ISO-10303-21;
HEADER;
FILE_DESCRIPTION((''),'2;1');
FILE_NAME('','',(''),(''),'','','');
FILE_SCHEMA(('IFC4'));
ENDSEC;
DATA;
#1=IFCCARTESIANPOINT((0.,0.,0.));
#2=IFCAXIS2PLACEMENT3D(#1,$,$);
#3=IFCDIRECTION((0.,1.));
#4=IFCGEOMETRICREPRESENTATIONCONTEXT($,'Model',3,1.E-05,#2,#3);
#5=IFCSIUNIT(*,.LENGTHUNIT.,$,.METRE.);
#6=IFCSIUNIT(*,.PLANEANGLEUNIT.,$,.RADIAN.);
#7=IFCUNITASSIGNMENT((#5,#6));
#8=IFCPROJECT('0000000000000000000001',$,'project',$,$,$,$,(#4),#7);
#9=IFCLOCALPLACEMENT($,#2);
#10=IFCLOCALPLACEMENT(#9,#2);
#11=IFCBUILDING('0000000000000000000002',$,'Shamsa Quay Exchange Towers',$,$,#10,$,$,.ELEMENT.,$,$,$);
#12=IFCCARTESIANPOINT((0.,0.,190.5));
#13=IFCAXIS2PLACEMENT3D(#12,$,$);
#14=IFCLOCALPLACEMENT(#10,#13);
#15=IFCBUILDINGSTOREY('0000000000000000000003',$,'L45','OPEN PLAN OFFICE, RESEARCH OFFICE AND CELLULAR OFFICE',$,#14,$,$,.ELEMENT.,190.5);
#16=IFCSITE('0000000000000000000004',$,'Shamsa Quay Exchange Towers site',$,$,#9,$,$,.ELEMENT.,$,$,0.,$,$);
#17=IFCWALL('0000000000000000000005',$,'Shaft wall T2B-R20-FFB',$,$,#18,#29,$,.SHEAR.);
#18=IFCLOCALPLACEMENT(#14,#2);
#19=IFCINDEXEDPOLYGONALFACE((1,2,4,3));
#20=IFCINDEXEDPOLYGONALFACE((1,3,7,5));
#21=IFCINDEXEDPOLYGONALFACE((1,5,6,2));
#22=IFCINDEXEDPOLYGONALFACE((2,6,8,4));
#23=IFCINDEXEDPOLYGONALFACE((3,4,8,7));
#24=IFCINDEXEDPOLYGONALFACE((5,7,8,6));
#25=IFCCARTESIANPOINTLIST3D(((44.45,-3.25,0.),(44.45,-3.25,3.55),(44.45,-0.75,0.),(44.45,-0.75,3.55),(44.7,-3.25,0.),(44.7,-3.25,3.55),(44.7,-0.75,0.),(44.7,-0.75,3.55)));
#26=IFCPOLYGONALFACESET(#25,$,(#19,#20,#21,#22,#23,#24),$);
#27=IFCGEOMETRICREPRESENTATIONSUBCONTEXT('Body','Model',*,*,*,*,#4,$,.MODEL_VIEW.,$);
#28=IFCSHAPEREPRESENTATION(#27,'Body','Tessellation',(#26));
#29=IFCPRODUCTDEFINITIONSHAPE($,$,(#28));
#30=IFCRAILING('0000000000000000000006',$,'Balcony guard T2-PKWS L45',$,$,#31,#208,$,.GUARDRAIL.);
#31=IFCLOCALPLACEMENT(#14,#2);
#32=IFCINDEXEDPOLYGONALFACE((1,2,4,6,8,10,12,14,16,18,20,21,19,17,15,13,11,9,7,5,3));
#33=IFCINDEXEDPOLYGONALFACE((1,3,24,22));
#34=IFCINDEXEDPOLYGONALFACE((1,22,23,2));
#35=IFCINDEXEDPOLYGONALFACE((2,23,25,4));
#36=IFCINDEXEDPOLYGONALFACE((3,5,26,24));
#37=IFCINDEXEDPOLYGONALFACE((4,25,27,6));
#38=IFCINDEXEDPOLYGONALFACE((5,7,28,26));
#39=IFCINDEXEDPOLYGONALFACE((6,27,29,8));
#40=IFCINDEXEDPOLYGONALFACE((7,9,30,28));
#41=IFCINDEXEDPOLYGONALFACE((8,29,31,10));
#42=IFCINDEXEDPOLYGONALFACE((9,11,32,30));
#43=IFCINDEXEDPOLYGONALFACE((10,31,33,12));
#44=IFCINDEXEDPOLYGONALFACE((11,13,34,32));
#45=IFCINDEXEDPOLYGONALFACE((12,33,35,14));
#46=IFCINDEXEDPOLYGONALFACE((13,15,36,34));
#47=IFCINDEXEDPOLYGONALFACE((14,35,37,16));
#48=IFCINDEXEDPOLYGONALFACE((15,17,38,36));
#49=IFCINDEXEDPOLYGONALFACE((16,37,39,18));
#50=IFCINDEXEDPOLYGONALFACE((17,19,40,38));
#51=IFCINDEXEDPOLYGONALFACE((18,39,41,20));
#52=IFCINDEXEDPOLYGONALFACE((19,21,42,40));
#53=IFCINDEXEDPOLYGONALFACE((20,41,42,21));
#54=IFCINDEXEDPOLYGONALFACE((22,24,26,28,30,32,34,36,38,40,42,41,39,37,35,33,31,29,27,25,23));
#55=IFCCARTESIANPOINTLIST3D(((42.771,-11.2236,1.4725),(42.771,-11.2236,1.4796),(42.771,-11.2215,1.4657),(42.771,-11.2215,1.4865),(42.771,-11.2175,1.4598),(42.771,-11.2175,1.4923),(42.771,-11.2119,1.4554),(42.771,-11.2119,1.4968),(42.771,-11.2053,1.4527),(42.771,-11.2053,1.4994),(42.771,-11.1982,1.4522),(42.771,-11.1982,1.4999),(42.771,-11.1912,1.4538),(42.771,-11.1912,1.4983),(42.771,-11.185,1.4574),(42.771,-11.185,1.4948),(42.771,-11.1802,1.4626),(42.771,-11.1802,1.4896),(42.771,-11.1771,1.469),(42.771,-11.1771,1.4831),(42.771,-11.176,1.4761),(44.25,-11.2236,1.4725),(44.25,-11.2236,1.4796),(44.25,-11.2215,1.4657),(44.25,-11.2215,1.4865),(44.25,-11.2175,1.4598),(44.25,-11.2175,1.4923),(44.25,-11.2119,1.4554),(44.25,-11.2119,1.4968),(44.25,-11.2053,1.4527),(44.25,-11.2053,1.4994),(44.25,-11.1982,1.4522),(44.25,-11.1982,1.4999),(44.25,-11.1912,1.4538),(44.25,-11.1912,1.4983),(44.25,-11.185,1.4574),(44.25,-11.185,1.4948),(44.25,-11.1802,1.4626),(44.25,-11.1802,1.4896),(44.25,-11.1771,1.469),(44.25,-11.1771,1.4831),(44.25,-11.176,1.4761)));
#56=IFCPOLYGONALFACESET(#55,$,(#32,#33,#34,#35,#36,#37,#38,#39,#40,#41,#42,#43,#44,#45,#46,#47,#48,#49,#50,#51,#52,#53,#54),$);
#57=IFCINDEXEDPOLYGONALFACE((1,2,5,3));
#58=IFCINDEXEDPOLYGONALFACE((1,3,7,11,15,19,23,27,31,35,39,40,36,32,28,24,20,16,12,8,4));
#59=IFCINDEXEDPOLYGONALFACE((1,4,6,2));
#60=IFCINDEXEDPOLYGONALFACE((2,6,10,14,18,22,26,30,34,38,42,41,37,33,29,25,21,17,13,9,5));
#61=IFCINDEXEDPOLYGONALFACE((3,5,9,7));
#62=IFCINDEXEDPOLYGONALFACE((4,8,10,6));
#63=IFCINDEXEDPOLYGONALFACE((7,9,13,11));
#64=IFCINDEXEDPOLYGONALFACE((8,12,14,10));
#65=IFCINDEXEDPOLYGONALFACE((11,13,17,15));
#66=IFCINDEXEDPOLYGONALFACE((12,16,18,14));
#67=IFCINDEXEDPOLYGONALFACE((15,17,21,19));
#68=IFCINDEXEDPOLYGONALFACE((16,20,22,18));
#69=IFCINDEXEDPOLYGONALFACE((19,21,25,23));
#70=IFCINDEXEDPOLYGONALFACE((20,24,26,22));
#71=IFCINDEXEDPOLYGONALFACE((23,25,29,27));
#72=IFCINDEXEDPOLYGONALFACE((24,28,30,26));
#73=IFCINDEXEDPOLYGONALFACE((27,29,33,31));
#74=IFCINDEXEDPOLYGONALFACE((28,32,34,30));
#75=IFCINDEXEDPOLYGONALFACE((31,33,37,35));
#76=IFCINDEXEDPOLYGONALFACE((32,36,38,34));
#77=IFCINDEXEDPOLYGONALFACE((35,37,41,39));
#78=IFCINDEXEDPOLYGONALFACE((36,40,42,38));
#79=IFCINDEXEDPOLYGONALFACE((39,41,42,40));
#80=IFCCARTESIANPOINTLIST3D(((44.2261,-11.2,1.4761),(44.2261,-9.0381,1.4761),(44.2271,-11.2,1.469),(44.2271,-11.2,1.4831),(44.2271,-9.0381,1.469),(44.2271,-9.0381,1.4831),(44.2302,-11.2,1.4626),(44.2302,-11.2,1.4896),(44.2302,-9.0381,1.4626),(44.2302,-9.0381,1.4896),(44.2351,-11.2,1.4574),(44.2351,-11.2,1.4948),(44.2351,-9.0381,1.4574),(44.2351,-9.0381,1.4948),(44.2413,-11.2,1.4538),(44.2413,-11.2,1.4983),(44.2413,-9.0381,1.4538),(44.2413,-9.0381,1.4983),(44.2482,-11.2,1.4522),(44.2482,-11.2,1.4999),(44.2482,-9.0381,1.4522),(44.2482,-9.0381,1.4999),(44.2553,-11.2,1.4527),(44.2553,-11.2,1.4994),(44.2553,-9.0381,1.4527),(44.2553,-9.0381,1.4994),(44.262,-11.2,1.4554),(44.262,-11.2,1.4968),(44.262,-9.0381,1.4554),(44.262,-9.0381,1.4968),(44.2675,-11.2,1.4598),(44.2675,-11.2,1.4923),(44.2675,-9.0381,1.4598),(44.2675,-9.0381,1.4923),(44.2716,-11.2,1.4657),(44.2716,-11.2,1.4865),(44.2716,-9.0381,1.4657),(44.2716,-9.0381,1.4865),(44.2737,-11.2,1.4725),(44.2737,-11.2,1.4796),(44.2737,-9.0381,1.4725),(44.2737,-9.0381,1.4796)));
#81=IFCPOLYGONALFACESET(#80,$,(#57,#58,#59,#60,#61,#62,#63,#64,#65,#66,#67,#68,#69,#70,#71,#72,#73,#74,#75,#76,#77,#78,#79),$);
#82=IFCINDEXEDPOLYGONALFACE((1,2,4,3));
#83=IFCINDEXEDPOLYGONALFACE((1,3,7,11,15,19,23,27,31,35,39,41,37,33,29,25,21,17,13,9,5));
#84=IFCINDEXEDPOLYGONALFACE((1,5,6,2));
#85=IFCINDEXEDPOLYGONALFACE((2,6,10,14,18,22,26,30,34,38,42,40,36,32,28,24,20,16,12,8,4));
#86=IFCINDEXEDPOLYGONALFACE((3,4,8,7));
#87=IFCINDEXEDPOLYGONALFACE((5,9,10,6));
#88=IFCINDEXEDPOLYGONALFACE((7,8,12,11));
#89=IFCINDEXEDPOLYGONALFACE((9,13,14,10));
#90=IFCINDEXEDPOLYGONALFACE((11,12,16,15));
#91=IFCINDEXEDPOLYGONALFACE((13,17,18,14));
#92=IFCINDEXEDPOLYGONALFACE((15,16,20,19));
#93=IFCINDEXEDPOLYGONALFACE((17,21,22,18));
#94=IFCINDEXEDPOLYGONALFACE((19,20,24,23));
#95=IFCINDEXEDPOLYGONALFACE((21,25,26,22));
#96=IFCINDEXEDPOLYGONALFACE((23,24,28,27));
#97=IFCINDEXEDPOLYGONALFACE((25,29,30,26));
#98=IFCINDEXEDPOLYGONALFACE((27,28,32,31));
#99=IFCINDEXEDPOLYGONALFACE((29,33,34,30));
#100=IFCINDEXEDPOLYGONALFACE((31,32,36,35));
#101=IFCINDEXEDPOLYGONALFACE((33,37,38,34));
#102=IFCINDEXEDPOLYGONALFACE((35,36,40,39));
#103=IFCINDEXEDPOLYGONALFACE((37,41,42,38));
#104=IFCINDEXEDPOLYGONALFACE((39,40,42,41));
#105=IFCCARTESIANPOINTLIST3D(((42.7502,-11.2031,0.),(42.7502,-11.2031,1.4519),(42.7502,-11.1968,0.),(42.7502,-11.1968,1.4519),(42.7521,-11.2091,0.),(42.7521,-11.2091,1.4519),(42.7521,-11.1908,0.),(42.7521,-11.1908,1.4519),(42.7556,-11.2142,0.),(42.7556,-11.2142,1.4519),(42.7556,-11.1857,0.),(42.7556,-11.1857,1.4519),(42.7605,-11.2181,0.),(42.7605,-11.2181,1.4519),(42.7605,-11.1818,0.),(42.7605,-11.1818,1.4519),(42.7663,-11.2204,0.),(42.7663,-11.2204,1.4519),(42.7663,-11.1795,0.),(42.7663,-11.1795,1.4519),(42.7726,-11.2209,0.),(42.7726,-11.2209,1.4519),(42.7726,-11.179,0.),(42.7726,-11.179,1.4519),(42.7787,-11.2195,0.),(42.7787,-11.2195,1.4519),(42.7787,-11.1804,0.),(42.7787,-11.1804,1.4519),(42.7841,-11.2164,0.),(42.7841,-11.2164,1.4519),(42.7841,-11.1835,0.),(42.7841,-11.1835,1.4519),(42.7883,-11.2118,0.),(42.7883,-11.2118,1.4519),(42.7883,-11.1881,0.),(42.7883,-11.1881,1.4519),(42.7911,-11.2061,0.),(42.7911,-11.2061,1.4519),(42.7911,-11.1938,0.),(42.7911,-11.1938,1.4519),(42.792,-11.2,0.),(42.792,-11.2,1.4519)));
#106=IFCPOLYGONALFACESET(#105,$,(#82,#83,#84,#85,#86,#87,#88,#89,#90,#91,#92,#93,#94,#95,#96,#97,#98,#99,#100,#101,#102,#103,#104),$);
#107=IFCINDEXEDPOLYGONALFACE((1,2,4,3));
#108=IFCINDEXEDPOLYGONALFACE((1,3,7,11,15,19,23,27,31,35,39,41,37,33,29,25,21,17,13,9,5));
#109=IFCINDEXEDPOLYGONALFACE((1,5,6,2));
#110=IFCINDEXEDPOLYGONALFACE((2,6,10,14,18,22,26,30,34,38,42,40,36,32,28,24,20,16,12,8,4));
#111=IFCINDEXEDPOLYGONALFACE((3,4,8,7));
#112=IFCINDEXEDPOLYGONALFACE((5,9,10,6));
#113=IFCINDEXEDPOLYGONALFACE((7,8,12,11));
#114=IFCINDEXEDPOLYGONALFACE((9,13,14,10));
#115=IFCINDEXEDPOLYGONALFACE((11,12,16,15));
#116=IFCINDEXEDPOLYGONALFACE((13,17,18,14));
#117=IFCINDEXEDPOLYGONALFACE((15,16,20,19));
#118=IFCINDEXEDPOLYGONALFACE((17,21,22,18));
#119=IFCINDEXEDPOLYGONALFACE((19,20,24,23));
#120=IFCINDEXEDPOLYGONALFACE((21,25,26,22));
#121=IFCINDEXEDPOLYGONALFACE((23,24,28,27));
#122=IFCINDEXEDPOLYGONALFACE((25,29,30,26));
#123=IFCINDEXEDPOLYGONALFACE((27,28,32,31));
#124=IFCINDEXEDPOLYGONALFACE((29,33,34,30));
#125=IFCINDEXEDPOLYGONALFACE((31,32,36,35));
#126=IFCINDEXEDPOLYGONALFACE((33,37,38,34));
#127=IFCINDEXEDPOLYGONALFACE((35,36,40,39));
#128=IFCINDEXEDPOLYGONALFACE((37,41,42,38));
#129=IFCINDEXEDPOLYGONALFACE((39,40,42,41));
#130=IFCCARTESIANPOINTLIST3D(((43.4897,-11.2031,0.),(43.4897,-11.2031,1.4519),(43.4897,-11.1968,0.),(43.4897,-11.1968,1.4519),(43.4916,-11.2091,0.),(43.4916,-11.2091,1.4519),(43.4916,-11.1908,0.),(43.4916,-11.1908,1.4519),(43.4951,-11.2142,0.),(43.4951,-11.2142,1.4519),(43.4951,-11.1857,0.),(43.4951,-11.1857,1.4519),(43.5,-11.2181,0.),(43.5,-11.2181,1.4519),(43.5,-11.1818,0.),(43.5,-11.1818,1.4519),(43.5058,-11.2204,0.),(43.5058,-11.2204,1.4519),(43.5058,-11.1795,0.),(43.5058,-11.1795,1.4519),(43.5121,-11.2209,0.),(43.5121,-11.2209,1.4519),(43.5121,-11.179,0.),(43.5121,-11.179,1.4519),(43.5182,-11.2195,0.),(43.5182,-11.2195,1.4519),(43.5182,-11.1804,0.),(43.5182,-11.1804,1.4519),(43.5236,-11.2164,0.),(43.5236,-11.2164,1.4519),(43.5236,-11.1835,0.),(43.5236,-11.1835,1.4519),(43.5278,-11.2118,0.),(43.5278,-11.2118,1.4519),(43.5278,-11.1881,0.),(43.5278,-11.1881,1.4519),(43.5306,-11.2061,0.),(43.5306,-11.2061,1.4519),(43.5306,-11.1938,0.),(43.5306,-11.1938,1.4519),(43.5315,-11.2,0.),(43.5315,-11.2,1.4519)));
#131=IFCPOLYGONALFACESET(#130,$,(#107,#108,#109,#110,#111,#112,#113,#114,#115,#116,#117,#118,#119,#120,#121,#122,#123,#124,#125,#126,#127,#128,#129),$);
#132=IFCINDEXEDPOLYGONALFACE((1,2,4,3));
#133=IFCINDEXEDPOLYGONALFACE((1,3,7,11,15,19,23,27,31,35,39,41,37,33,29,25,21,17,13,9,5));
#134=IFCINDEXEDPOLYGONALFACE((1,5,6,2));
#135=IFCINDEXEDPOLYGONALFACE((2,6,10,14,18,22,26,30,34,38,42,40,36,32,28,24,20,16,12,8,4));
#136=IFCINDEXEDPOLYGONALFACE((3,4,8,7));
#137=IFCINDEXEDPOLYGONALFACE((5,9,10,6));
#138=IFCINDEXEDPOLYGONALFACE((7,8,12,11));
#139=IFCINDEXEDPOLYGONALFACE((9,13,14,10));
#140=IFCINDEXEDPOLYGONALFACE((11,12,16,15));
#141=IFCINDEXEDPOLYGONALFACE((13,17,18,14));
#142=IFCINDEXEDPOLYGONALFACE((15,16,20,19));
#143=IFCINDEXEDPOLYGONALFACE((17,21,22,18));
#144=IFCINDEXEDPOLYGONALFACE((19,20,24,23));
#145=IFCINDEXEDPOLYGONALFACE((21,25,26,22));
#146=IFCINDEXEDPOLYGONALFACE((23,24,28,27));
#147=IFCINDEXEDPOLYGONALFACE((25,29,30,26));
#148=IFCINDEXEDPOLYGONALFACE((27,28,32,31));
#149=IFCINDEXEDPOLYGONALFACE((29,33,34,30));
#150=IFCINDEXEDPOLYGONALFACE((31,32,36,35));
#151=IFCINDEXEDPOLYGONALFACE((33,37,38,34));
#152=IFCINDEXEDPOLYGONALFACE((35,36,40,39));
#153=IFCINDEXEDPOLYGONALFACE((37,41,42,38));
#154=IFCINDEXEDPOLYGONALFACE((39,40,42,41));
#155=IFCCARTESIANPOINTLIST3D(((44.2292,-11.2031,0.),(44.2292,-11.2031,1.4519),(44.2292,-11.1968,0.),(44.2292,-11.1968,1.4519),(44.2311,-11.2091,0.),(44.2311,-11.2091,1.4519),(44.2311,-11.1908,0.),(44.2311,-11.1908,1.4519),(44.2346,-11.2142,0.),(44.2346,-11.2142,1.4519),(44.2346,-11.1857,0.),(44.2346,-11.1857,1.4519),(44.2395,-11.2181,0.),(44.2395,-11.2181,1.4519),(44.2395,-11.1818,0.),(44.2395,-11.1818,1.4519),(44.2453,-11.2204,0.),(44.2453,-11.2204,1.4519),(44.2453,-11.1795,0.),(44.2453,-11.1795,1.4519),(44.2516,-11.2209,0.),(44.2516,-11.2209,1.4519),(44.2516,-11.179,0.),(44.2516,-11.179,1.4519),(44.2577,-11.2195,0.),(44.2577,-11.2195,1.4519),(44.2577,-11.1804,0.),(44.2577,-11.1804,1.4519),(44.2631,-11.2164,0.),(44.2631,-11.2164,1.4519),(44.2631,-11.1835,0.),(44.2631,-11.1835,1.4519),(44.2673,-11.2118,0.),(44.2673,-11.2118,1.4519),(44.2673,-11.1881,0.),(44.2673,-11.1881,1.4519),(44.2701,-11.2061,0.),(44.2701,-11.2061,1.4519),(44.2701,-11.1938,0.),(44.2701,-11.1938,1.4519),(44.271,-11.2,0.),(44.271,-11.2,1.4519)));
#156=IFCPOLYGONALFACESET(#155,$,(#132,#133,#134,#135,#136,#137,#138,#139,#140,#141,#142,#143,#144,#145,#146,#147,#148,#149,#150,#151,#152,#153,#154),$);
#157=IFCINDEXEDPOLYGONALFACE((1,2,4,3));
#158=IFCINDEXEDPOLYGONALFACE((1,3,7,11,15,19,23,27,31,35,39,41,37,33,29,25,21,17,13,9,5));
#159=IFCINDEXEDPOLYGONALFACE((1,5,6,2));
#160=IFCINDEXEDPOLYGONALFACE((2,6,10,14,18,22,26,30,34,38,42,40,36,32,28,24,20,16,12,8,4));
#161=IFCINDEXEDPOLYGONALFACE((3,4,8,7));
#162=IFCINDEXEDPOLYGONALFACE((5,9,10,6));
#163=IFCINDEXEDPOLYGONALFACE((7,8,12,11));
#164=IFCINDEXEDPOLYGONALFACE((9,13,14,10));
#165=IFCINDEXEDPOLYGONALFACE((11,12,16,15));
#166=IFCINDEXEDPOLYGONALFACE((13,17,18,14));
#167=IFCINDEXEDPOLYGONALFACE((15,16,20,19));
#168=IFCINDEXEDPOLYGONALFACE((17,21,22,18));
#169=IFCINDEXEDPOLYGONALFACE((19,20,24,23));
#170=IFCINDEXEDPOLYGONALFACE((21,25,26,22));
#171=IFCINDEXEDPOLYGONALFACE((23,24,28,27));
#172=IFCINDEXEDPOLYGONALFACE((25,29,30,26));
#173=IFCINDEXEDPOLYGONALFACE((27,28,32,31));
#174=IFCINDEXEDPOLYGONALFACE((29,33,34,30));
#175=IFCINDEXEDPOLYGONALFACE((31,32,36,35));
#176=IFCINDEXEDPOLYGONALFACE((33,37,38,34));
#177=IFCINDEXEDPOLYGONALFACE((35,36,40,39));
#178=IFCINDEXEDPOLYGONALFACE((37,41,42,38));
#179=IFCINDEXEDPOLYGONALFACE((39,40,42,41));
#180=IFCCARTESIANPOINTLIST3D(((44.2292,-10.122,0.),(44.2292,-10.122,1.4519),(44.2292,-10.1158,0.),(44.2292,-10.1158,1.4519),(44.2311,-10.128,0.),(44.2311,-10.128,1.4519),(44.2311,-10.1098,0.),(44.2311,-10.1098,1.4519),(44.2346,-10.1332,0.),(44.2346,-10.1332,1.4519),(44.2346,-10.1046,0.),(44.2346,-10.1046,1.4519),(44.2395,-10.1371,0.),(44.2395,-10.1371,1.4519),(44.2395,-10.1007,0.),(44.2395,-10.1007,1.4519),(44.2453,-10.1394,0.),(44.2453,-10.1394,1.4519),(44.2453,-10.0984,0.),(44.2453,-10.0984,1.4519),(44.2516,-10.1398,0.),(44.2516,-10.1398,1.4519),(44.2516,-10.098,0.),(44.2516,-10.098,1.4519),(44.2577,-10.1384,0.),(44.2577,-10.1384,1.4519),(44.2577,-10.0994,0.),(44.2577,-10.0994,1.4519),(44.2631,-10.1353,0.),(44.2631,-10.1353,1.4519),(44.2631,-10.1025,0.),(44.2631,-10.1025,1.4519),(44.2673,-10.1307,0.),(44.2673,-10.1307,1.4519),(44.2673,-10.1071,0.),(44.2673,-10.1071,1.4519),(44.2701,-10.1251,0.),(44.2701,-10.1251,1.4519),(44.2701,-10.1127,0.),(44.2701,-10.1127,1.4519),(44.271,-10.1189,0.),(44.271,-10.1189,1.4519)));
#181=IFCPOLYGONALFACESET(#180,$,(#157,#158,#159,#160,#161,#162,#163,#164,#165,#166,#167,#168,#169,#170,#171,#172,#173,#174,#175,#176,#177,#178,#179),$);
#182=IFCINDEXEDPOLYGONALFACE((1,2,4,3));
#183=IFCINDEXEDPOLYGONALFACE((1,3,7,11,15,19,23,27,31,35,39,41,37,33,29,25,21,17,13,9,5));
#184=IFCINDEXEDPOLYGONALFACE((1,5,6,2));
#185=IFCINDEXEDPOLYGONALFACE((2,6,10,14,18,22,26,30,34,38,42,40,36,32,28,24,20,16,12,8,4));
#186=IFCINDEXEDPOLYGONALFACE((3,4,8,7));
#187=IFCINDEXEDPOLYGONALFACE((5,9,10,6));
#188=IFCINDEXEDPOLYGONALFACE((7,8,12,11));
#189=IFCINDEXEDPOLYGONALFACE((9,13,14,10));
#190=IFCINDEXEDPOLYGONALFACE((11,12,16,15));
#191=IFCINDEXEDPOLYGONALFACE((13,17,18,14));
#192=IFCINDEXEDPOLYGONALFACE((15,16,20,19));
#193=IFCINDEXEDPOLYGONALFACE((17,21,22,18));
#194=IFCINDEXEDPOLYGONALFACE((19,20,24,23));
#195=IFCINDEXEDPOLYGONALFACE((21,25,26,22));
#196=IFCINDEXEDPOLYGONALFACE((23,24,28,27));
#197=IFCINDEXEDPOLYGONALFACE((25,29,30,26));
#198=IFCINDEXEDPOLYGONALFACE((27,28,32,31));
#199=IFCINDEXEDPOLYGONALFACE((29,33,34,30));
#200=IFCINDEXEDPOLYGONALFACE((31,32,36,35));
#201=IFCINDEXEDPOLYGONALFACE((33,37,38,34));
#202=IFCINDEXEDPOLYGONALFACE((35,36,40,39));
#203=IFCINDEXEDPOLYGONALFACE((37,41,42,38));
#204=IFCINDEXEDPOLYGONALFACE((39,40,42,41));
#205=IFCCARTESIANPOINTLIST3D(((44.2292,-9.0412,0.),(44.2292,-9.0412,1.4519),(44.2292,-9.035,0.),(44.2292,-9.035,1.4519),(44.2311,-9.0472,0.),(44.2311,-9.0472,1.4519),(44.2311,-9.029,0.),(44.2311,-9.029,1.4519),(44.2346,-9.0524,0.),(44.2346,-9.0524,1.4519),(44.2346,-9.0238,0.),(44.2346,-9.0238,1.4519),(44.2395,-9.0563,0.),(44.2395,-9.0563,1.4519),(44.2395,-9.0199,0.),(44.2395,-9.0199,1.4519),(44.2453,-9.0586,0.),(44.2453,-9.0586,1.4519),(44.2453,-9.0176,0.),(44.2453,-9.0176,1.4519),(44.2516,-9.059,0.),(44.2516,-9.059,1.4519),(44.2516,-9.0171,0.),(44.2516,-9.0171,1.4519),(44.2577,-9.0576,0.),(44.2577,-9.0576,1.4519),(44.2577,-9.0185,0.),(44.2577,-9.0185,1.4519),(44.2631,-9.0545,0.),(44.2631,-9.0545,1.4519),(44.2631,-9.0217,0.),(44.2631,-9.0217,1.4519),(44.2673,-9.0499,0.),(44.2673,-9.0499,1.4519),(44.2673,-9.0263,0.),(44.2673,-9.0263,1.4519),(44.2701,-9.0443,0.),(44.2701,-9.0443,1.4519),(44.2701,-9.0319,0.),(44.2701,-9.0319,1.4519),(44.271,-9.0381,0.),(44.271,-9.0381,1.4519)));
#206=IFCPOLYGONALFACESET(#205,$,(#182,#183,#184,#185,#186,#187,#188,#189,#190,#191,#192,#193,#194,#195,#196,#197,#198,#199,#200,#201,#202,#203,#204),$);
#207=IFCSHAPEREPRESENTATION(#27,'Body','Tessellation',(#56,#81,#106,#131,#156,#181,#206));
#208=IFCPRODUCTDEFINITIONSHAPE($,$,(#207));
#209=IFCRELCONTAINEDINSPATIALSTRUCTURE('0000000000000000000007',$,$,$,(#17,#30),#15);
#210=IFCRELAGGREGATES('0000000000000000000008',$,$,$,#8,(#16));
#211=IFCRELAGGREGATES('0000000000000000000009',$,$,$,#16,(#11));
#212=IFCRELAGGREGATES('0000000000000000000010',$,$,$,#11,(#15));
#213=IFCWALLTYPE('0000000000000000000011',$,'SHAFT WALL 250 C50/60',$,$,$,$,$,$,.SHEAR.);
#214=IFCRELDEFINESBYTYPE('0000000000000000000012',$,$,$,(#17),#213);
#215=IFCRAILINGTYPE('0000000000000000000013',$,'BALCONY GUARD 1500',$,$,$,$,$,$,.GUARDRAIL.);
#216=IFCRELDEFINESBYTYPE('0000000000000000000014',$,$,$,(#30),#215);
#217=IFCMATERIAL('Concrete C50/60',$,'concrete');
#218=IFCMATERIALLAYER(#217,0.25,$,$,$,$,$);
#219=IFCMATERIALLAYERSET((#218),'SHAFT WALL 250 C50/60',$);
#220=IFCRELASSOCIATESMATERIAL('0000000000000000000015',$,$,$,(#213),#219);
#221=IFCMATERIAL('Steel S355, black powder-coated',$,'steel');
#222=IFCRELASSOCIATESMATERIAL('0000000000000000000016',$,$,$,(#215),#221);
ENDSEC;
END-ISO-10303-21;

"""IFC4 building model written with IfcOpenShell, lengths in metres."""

from ifc_helpers import new_model, si_unit, direction, frame, frame_2d, origin, origin_2d, place, context, subcontext, project, spatial, rectangle, circle, extrude, material, layer, layer_set, type_object, element, save


model = new_model("IFC4")

# Units and contexts
model_context = context("Model", 3, precision=1e-05, world=origin(), true_north=direction((0.0, 1.0)))
body_context = subcontext(model_context, "Body", "Model", "MODEL_VIEW")
ifc_project = project(units=[si_unit("LENGTHUNIT", "METRE"), si_unit("PLANEANGLEUNIT", "RADIAN")], contexts=[model_context])

# Site, building, storey
site_placement = place(None, origin())
site = spatial("IfcSite", under=ifc_project, at=site_placement, Name="Shamsa Quay Exchange Towers site", CompositionType="ELEMENT", RefElevation=0.0)
building_placement = place(site_placement, origin())
building = spatial("IfcBuilding", under=site, at=building_placement, Name="Shamsa Quay Exchange Towers", CompositionType="ELEMENT")
storey_placement = place(building_placement, frame((0.0, 0.0, 190.5)))
storey = spatial("IfcBuildingStorey", under=building, at=storey_placement, Name="L45", Description="OPEN PLAN OFFICE, RESEARCH OFFICE AND CELLULAR OFFICE", CompositionType="ELEMENT", Elevation=190.5)

# Wall
ifc_material_1 = material(Name="Concrete C50/60", Category="concrete")
ifc_layer_1 = layer(ifc_material_1, 0.25)
ifc_layer_set_1 = layer_set([ifc_layer_1], Name="SHAFT WALL 250 C50/60")
wall_type_1 = type_object("IfcWallType", Name="SHAFT WALL 250 C50/60", PredefinedType="SHEAR", material=ifc_layer_set_1)
wall_1_placement = place(storey_placement, frame((44.575, -3.25, 0.0), z_axis=(0.0, 0.0, 1.0), x_axis=(0.0, 1.0, 0.0)))
element("IfcWall", 1, at=wall_1_placement, inside=storey, type_object=wall_type_1, Name="Shaft wall T2B-R20-FFB", PredefinedType="SHEAR", context=body_context, shape_type="SweptSolid", body=[
    extrude(rectangle(XDim=2.5, YDim=0.25, at=frame_2d((1.25, 0.0))), origin(), (0.0, 0.0, 1.0), 3.55),
])

# Railing
ifc_material_2 = material(Name="Steel S355, black powder-coated", Category="steel")
railing_type = type_object("IfcRailingType", Name="BALCONY GUARD 1500", PredefinedType="GUARDRAIL", material=ifc_material_2)
for number, where, name in (
    (2, (42.771, -11.2, 0.0), "Balcony guard T2-PKWS L45"),
):
    element("IfcRailing", number, at=place(storey_placement, frame(where)), inside=storey, type_object=railing_type, Name=name, PredefinedType="GUARDRAIL", context=body_context, shape_type="SweptSolid", body=[
        extrude(circle(Radius=0.0239, at=origin_2d()), frame((0.0, 0.0, 1.4761), z_axis=(1.0, 0.0, 0.0), x_axis=(0.0, 1.0, 0.0)), (0.0, 0.0, 1.0), 1.479),
        extrude(circle(Radius=0.0239, at=origin_2d()), frame((1.479, 0.0, 1.4761), z_axis=(0.0, 1.0, 0.0), x_axis=(-1.0, 0.0, 0.0)), (0.0, 0.0, 1.0), 2.1619),
        extrude(circle(Radius=0.021, at=origin_2d()), origin(), (0.0, 0.0, 1.0), 1.4519),
        extrude(circle(Radius=0.021, at=origin_2d()), frame((0.7395, 0.0, 0.0)), (0.0, 0.0, 1.0), 1.4519),
        extrude(circle(Radius=0.021, at=origin_2d()), frame((1.479, 0.0, 0.0)), (0.0, 0.0, 1.0), 1.4519),
        extrude(circle(Radius=0.021, at=origin_2d()), frame((1.479, 1.0811, 0.0)), (0.0, 0.0, 1.0), 1.4519),
        extrude(circle(Radius=0.021, at=origin_2d()), frame((1.479, 2.1619, 0.0)), (0.0, 0.0, 1.0), 1.4519),
    ])

save(model, "model.ifc")
